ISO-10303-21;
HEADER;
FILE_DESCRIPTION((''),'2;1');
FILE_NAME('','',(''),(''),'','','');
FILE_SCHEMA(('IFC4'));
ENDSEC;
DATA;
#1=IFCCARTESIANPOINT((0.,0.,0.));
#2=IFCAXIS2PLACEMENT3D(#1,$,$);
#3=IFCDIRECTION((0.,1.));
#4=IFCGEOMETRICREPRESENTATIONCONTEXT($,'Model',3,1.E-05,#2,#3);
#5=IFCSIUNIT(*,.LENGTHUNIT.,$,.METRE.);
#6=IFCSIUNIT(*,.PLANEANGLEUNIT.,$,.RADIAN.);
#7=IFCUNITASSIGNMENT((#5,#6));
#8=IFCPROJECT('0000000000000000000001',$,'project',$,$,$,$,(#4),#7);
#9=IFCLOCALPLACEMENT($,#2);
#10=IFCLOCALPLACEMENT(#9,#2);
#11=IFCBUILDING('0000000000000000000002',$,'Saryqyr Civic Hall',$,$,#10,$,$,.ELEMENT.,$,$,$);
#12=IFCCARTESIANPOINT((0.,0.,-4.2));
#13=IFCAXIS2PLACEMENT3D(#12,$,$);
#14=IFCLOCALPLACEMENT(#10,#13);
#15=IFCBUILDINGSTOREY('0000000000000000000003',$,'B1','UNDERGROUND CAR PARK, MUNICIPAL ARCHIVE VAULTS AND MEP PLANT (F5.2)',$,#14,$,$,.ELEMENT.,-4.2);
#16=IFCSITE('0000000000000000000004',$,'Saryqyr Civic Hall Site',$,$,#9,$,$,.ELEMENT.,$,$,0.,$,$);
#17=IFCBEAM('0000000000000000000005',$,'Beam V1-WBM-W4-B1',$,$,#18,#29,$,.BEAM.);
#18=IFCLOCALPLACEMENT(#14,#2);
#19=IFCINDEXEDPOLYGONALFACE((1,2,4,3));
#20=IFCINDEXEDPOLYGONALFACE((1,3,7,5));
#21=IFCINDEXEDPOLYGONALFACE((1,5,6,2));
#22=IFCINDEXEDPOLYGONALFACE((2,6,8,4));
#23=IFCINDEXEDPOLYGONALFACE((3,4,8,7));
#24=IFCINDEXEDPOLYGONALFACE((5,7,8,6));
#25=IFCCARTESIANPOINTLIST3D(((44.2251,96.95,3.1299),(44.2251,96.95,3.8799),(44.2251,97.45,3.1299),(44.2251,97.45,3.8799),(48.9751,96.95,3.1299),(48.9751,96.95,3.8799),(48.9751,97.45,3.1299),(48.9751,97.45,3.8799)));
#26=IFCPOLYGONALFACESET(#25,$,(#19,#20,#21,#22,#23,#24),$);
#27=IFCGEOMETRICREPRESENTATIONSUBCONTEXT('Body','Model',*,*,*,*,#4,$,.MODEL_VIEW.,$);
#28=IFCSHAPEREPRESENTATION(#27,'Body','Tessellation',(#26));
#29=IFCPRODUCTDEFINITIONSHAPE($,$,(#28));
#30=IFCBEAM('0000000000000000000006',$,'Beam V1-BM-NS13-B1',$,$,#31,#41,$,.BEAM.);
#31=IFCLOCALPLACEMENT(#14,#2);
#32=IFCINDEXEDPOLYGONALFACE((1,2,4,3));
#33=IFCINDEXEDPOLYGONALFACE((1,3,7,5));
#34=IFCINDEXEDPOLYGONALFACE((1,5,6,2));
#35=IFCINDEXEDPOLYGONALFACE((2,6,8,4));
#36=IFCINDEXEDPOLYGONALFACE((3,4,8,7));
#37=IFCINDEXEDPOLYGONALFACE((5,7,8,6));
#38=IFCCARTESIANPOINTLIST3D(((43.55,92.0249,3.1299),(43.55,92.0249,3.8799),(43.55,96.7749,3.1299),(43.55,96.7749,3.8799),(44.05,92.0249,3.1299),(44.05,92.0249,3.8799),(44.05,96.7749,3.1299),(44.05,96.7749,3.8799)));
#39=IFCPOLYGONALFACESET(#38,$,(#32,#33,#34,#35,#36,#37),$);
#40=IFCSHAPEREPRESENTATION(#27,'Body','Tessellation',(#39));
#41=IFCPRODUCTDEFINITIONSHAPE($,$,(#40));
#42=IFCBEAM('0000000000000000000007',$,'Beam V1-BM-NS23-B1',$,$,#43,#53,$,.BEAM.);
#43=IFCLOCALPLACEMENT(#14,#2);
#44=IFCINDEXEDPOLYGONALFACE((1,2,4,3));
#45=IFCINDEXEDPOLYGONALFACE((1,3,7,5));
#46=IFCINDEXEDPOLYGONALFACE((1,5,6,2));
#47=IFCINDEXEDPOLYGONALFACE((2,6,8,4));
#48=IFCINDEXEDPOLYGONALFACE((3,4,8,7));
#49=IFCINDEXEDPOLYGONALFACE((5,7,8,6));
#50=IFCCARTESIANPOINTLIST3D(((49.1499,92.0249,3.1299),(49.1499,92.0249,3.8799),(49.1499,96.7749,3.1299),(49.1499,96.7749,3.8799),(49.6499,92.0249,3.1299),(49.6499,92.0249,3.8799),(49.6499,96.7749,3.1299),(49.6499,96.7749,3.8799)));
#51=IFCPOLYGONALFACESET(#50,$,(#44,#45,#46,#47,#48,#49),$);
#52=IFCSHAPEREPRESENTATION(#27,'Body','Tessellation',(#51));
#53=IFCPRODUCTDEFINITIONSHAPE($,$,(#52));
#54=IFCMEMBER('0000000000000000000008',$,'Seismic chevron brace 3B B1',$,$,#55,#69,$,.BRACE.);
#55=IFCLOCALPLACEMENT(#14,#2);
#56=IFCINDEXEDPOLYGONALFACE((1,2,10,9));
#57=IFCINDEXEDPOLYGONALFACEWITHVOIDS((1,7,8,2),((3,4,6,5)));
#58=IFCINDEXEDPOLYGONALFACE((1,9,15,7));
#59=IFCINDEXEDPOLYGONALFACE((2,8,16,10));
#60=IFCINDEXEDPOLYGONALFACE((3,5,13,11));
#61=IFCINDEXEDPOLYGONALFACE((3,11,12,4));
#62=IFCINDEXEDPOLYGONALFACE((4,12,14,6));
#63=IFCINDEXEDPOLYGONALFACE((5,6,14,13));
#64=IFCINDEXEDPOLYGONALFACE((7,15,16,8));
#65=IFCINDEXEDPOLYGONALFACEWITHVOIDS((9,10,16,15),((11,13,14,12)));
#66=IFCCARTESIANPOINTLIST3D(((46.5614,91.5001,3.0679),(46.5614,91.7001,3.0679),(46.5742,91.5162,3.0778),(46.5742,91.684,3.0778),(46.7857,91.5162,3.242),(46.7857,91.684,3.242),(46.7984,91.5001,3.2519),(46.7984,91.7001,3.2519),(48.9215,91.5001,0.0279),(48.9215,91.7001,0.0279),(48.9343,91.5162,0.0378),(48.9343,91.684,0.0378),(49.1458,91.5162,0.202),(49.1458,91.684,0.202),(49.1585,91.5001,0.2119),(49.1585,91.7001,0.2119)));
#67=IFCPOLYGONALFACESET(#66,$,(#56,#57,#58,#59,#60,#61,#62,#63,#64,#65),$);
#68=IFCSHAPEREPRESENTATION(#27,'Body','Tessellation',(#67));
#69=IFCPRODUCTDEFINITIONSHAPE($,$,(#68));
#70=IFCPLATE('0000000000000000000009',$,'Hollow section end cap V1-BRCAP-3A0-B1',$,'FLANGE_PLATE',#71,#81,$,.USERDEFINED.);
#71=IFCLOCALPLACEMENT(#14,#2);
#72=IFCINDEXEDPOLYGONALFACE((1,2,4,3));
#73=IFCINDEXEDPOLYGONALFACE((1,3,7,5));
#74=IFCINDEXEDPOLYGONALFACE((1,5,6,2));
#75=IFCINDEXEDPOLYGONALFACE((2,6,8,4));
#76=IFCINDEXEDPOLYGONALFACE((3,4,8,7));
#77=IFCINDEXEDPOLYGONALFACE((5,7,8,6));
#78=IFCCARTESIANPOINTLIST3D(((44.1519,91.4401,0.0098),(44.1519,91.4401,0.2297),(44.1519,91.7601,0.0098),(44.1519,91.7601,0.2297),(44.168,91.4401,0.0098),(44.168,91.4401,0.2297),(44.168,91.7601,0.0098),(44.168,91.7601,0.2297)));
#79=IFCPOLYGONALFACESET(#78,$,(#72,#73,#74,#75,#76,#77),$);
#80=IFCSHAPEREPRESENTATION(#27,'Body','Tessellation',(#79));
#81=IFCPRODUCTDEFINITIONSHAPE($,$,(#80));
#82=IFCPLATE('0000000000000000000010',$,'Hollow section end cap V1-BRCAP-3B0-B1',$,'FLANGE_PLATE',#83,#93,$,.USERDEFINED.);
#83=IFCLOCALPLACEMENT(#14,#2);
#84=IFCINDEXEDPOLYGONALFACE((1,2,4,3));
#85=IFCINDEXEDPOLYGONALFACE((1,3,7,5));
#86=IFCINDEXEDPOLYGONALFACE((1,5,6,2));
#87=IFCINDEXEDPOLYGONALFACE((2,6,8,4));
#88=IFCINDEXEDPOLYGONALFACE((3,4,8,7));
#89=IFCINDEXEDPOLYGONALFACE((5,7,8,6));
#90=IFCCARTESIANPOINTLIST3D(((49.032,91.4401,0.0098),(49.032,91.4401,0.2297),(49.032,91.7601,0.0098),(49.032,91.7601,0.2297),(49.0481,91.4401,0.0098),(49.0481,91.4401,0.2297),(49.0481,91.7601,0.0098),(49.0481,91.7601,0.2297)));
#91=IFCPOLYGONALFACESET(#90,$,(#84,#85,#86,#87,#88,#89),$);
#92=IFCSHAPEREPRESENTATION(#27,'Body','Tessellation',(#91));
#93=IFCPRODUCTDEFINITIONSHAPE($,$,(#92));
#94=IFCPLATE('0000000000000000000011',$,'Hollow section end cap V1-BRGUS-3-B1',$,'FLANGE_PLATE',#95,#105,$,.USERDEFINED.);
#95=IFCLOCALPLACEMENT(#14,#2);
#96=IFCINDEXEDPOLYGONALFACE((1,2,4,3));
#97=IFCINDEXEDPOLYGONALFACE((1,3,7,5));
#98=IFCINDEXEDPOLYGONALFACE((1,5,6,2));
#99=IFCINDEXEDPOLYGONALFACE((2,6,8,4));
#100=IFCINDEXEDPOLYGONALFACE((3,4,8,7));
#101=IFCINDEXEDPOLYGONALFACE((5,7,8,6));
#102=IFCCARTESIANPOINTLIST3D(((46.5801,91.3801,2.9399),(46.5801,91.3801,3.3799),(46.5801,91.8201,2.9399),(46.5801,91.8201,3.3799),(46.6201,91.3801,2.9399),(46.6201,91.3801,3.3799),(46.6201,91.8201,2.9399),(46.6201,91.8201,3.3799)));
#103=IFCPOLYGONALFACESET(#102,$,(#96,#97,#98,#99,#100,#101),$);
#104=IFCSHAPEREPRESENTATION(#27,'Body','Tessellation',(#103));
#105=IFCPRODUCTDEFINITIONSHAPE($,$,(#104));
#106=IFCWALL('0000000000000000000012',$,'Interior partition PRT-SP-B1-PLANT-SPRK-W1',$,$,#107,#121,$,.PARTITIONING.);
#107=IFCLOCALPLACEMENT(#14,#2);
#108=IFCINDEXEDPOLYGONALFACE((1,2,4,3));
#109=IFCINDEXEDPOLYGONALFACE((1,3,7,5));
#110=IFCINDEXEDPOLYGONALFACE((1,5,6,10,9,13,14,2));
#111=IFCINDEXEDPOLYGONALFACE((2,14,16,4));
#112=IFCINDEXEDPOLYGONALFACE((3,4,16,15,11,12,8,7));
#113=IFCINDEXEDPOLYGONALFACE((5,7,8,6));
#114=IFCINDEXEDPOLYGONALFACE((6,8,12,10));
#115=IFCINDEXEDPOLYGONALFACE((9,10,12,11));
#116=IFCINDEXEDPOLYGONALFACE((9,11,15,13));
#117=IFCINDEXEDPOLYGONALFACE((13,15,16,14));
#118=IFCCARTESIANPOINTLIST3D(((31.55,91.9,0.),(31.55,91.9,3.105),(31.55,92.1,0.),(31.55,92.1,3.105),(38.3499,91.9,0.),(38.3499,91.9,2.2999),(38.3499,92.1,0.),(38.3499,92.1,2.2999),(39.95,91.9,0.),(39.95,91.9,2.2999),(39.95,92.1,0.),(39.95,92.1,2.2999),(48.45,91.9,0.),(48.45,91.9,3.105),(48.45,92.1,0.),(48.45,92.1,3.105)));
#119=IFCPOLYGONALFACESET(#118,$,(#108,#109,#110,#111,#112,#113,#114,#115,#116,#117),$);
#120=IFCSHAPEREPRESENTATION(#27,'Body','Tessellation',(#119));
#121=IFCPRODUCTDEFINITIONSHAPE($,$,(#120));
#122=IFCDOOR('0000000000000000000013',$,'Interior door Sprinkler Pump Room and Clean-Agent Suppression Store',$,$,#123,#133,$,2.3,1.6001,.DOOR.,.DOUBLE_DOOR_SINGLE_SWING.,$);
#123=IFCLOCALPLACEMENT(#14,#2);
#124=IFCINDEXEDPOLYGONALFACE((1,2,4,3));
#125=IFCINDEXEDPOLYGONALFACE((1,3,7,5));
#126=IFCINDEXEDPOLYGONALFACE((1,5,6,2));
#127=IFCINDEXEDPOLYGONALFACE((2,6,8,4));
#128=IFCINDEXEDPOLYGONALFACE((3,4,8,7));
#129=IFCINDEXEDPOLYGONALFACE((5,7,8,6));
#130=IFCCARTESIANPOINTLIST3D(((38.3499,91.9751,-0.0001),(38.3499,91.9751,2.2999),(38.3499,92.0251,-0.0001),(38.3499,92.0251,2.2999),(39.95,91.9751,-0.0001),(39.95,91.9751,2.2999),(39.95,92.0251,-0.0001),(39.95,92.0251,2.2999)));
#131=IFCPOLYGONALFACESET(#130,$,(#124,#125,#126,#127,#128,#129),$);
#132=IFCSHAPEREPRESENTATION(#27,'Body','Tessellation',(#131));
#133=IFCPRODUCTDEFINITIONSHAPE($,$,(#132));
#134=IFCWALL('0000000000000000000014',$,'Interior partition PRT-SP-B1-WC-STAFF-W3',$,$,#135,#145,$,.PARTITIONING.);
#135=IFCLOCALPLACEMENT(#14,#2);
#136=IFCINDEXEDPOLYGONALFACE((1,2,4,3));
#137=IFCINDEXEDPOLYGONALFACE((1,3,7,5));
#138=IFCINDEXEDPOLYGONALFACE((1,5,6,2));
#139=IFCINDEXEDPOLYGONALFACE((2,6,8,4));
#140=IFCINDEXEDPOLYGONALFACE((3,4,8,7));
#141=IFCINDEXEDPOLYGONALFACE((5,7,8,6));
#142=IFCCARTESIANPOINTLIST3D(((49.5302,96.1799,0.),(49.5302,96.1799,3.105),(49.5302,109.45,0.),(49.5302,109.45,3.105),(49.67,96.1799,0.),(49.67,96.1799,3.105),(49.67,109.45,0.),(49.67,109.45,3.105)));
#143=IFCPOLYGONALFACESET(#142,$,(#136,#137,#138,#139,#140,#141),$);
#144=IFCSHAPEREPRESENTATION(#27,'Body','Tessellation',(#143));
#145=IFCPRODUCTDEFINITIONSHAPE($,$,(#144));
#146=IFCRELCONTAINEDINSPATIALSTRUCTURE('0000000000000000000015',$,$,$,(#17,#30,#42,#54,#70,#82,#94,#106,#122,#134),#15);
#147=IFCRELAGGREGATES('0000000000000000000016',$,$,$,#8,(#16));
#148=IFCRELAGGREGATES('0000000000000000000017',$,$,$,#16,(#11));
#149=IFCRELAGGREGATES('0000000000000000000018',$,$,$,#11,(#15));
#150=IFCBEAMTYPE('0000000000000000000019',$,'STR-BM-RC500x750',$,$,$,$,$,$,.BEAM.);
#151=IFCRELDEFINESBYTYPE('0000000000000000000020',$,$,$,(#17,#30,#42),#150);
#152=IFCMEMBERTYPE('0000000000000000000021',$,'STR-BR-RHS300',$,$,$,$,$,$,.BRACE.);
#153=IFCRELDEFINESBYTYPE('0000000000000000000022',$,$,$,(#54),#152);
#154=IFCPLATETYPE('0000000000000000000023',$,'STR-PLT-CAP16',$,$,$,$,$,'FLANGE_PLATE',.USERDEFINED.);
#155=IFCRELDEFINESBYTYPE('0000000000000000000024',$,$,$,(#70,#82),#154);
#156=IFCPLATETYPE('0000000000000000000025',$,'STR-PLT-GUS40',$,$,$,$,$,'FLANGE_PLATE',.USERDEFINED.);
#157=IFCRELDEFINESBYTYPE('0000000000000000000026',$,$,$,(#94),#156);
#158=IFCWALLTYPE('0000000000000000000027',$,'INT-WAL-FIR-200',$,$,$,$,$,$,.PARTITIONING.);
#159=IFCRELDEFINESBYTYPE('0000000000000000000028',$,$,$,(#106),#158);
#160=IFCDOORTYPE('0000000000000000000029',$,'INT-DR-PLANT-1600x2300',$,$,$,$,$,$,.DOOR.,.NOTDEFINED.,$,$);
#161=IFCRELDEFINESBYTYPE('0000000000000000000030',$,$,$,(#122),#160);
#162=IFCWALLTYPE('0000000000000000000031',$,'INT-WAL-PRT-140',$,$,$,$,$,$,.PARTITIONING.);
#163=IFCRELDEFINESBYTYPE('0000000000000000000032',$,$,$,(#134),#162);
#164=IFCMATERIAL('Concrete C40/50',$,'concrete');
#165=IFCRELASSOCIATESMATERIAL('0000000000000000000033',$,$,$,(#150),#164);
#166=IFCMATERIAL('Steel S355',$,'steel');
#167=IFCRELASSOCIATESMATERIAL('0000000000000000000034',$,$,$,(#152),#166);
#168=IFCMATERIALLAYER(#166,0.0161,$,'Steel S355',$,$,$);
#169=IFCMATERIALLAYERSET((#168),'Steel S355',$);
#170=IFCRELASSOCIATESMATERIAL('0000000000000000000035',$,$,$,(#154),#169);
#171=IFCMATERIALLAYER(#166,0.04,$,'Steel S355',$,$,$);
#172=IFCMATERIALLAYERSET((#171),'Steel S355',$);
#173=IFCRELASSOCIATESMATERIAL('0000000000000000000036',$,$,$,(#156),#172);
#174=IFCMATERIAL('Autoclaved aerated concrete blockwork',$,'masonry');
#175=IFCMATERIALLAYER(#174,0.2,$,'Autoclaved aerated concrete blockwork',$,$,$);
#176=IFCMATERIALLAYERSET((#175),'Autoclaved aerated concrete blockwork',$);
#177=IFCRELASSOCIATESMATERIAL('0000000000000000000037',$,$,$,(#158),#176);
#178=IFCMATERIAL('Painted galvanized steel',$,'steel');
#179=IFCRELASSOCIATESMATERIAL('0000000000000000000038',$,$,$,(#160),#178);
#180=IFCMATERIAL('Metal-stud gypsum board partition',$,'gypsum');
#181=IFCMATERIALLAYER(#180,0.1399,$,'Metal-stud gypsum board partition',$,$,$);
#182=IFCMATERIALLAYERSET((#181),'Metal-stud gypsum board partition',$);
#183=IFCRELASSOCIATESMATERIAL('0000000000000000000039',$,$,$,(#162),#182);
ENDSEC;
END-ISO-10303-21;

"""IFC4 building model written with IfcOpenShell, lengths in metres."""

from ifc_helpers import new_model, si_unit, direction, frame, frame_2d, origin, origin_2d, place, context, subcontext, project, spatial, rectangle, hollow_rectangle, extrude, material, layer, layer_set, material_profile, profile_set, type_object, element, fill, save


model = new_model("IFC4")

# Units and contexts
model_context = context("Model", 3, precision=1e-05, world=origin(), true_north=direction((0.0, 1.0)))
body_context = subcontext(model_context, "Body", "Model", "MODEL_VIEW")
ifc_project = project(units=[si_unit("LENGTHUNIT", "METRE"), si_unit("PLANEANGLEUNIT", "RADIAN")], contexts=[model_context])

# Site, building, storey
site_placement = place(None, origin())
site = spatial("IfcSite", under=ifc_project, at=site_placement, Name="Saryqyr Civic Hall Site", CompositionType="ELEMENT", RefElevation=0.0)
building_placement = place(site_placement, origin())
building = spatial("IfcBuilding", under=site, at=building_placement, Name="Saryqyr Civic Hall", CompositionType="ELEMENT")
storey_placement = place(building_placement, frame((0.0, 0.0, -4.2)))
storey = spatial("IfcBuildingStorey", under=building, at=storey_placement, Name="B1", Description="UNDERGROUND CAR PARK, MUNICIPAL ARCHIVE VAULTS AND MEP PLANT (F5.2)", CompositionType="ELEMENT", Elevation=-4.2)

# Shared definitions
ifc_material_1 = material(Name="Concrete C40/50", Category="concrete")

# Beams
ifc_material_profile_1 = material_profile(ifc_material_1, rectangle(XDim=0.5, YDim=0.75, at=origin_2d()), Name="RC 500x750")
ifc_profile_set_1 = profile_set([ifc_material_profile_1], Name="Concrete C40/50")
beam_type_1 = type_object("IfcBeamType", Name="STR-BM-RC500x750", PredefinedType="BEAM", material=ifc_profile_set_1)
for number, where, z_axis, x_axis, name in (
    (1, (44.2251, 97.2, 3.5049), (1.0, 0.0, 0.0), (0.0, 1.0, 0.0), "Beam V1-WBM-W4-B1"),
    (2, (43.8, 92.0249, 3.5049), (0.0, 1.0, 0.0), (-1.0, 0.0, 0.0), "Beam V1-BM-NS13-B1"),
    (3, (49.3999, 92.0249, 3.5049), (0.0, 1.0, 0.0), (-1.0, 0.0, 0.0), "Beam V1-BM-NS23-B1"),
):
    element("IfcBeam", number, at=place(storey_placement, frame(where, z_axis=z_axis, x_axis=x_axis)), inside=storey, type_object=beam_type_1, Name=name, PredefinedType="BEAM", context=body_context, shape_type="SweptSolid", body=[
        extrude(rectangle(XDim=0.5, YDim=0.75, at=origin_2d()), origin(), (0.0, 0.0, 1.0), 4.75),
    ])

# Member
ifc_material_2 = material(Name="Steel S355", Category="steel")
ifc_material_profile_2 = material_profile(ifc_material_2, hollow_rectangle(XDim=0.2, YDim=0.3, WallThickness=0.0161, at=origin_2d()), Name="RHS 300x200x16")
ifc_profile_set_2 = profile_set([ifc_material_profile_2], Name="Steel S355")
member_type = type_object("IfcMemberType", Name="STR-BR-RHS300", PredefinedType="BRACE", material=ifc_profile_set_2)
member_placement = place(storey_placement, frame((49.04, 91.6001, 0.1199), z_axis=(-0.613233, 0.0, 0.789902), x_axis=(0.0, -1.0, 0.0)))
element("IfcMember", 4, at=member_placement, inside=storey, type_object=member_type, Name="Seismic chevron brace 3B B1", PredefinedType="BRACE", context=body_context, shape_type="SweptSolid", body=[
    extrude(hollow_rectangle(XDim=0.2, YDim=0.3, WallThickness=0.0161, at=origin_2d()), origin(), (0.0, 0.0, 1.0), 3.8486),
])

# Plates
ifc_layer_1 = layer(ifc_material_2, 0.0161, Name="Steel S355")
ifc_layer_set_1 = layer_set([ifc_layer_1], Name="Steel S355")
plate_type_1 = type_object("IfcPlateType", Name="STR-PLT-CAP16", ElementType="FLANGE_PLATE", PredefinedType="USERDEFINED", material=ifc_layer_set_1)
for number, where, z_axis, x_axis, name in (
    (5, (44.1599, 91.6001, 0.0098), (0.0, 0.0, 1.0), (1.0, 0.0, 0.0), "Hollow section end cap V1-BRCAP-3A0-B1"),
    (6, (49.04, 91.6001, 0.0098), (0.0, 0.0, 1.0), (1.0, 0.0, 0.0), "Hollow section end cap V1-BRCAP-3B0-B1"),
):
    element("IfcPlate", number, at=place(storey_placement, frame(where, z_axis=z_axis, x_axis=x_axis)), inside=storey, type_object=plate_type_1, Name=name, ObjectType="FLANGE_PLATE", PredefinedType="USERDEFINED", context=body_context, shape_type="SweptSolid", body=[
        extrude(rectangle(XDim=0.0161, YDim=0.3201, at=origin_2d()), origin(), (0.0, 0.0, 1.0), 0.22),
    ])
ifc_layer_2 = layer(ifc_material_2, 0.04, Name="Steel S355")
ifc_layer_set_2 = layer_set([ifc_layer_2], Name="Steel S355")
plate_type_2 = type_object("IfcPlateType", Name="STR-PLT-GUS40", ElementType="FLANGE_PLATE", PredefinedType="USERDEFINED", material=ifc_layer_set_2)
plate_placement = place(storey_placement, frame((46.6001, 91.6001, 2.9399), z_axis=(0.0, 0.0, 1.0), x_axis=(1.0, 0.0, 0.0)))
element("IfcPlate", 7, at=plate_placement, inside=storey, type_object=plate_type_2, Name="Hollow section end cap V1-BRGUS-3-B1", ObjectType="FLANGE_PLATE", PredefinedType="USERDEFINED", context=body_context, shape_type="SweptSolid", body=[
    extrude(rectangle(XDim=0.04, YDim=0.4399, at=origin_2d()), origin(), (0.0, 0.0, 1.0), 0.4399),
])

# Wall, opening, door
ifc_material_3 = material(Name="Autoclaved aerated concrete blockwork", Category="masonry")
ifc_layer_3 = layer(ifc_material_3, 0.2, Name="Autoclaved aerated concrete blockwork")
ifc_layer_set_3 = layer_set([ifc_layer_3], Name="Autoclaved aerated concrete blockwork")
wall_type_1 = type_object("IfcWallType", Name="INT-WAL-FIR-200", PredefinedType="PARTITIONING", material=ifc_layer_set_3)
wall_1_placement = place(storey_placement, frame((48.45, 92.0, 0.0), z_axis=(0.0, 0.0, 1.0), x_axis=(-1.0, 0.0, 0.0)))
wall_1 = element("IfcWall", 8, at=wall_1_placement, inside=storey, type_object=wall_type_1, Name="Interior partition PRT-SP-B1-PLANT-SPRK-W1", PredefinedType="PARTITIONING", context=body_context, shape_type="SweptSolid", body=[
    extrude(rectangle(XDim=16.8999, YDim=0.2, at=frame_2d((8.45, 0.0))), origin(), (0.0, 0.0, 1.0), 3.105),
])
opening_placement = place(wall_1_placement, frame((8.5, 0.0, 0.0)))
opening = element("IfcOpeningElement", 9, at=opening_placement, cuts=wall_1, PredefinedType="OPENING", context=body_context, shape_type="SweptSolid", body=[
    extrude(rectangle(XDim=1.6001, YDim=2.3, at=frame_2d((0.8, 1.1499))), frame((0.0, 0.1099, 0.0), z_axis=(0.0, -1.0, 0.0), x_axis=(1.0, 0.0, 0.0)), (0.0, 0.0, 1.0), 0.22),
])
ifc_material_4 = material(Name="Painted galvanized steel", Category="steel")
door_type = type_object("IfcDoorType", Name="INT-DR-PLANT-1600x2300", OperationType="NOTDEFINED", PredefinedType="DOOR", material=ifc_material_4)
door_placement = place(opening_placement, origin())
door = element("IfcDoor", 10, at=door_placement, inside=storey, type_object=door_type, Name="Interior door Sprinkler Pump Room and Clean-Agent Suppression Store", OperationType="DOUBLE_DOOR_SINGLE_SWING", OverallHeight=2.3, OverallWidth=1.6001, PredefinedType="DOOR", context=body_context, shape_type="SweptSolid", body=[
    extrude(rectangle(XDim=1.6001, YDim=2.3, at=frame_2d((0.8, 1.1499))), frame((0.0, 0.0249, 0.0), z_axis=(0.0, -1.0, 0.0), x_axis=(1.0, 0.0, 0.0)), (0.0, 0.0, 1.0), 0.05),
])
fill(opening, door)

# Wall
ifc_material_5 = material(Name="Metal-stud gypsum board partition", Category="gypsum")
ifc_layer_4 = layer(ifc_material_5, 0.1399, Name="Metal-stud gypsum board partition")
ifc_layer_set_4 = layer_set([ifc_layer_4], Name="Metal-stud gypsum board partition")
wall_type_2 = type_object("IfcWallType", Name="INT-WAL-PRT-140", PredefinedType="PARTITIONING", material=ifc_layer_set_4)
wall_2_placement = place(storey_placement, frame((49.6001, 96.1799, 0.0), z_axis=(0.0, 0.0, 1.0), x_axis=(0.0, 1.0, 0.0)))
element("IfcWall", 11, at=wall_2_placement, inside=storey, type_object=wall_type_2, Name="Interior partition PRT-SP-B1-WC-STAFF-W3", PredefinedType="PARTITIONING", context=body_context, shape_type="SweptSolid", body=[
    extrude(rectangle(XDim=13.27, YDim=0.1399, at=frame_2d((6.635, 0.0))), origin(), (0.0, 0.0, 1.0), 3.105),
])

save(model, "model.ifc")
